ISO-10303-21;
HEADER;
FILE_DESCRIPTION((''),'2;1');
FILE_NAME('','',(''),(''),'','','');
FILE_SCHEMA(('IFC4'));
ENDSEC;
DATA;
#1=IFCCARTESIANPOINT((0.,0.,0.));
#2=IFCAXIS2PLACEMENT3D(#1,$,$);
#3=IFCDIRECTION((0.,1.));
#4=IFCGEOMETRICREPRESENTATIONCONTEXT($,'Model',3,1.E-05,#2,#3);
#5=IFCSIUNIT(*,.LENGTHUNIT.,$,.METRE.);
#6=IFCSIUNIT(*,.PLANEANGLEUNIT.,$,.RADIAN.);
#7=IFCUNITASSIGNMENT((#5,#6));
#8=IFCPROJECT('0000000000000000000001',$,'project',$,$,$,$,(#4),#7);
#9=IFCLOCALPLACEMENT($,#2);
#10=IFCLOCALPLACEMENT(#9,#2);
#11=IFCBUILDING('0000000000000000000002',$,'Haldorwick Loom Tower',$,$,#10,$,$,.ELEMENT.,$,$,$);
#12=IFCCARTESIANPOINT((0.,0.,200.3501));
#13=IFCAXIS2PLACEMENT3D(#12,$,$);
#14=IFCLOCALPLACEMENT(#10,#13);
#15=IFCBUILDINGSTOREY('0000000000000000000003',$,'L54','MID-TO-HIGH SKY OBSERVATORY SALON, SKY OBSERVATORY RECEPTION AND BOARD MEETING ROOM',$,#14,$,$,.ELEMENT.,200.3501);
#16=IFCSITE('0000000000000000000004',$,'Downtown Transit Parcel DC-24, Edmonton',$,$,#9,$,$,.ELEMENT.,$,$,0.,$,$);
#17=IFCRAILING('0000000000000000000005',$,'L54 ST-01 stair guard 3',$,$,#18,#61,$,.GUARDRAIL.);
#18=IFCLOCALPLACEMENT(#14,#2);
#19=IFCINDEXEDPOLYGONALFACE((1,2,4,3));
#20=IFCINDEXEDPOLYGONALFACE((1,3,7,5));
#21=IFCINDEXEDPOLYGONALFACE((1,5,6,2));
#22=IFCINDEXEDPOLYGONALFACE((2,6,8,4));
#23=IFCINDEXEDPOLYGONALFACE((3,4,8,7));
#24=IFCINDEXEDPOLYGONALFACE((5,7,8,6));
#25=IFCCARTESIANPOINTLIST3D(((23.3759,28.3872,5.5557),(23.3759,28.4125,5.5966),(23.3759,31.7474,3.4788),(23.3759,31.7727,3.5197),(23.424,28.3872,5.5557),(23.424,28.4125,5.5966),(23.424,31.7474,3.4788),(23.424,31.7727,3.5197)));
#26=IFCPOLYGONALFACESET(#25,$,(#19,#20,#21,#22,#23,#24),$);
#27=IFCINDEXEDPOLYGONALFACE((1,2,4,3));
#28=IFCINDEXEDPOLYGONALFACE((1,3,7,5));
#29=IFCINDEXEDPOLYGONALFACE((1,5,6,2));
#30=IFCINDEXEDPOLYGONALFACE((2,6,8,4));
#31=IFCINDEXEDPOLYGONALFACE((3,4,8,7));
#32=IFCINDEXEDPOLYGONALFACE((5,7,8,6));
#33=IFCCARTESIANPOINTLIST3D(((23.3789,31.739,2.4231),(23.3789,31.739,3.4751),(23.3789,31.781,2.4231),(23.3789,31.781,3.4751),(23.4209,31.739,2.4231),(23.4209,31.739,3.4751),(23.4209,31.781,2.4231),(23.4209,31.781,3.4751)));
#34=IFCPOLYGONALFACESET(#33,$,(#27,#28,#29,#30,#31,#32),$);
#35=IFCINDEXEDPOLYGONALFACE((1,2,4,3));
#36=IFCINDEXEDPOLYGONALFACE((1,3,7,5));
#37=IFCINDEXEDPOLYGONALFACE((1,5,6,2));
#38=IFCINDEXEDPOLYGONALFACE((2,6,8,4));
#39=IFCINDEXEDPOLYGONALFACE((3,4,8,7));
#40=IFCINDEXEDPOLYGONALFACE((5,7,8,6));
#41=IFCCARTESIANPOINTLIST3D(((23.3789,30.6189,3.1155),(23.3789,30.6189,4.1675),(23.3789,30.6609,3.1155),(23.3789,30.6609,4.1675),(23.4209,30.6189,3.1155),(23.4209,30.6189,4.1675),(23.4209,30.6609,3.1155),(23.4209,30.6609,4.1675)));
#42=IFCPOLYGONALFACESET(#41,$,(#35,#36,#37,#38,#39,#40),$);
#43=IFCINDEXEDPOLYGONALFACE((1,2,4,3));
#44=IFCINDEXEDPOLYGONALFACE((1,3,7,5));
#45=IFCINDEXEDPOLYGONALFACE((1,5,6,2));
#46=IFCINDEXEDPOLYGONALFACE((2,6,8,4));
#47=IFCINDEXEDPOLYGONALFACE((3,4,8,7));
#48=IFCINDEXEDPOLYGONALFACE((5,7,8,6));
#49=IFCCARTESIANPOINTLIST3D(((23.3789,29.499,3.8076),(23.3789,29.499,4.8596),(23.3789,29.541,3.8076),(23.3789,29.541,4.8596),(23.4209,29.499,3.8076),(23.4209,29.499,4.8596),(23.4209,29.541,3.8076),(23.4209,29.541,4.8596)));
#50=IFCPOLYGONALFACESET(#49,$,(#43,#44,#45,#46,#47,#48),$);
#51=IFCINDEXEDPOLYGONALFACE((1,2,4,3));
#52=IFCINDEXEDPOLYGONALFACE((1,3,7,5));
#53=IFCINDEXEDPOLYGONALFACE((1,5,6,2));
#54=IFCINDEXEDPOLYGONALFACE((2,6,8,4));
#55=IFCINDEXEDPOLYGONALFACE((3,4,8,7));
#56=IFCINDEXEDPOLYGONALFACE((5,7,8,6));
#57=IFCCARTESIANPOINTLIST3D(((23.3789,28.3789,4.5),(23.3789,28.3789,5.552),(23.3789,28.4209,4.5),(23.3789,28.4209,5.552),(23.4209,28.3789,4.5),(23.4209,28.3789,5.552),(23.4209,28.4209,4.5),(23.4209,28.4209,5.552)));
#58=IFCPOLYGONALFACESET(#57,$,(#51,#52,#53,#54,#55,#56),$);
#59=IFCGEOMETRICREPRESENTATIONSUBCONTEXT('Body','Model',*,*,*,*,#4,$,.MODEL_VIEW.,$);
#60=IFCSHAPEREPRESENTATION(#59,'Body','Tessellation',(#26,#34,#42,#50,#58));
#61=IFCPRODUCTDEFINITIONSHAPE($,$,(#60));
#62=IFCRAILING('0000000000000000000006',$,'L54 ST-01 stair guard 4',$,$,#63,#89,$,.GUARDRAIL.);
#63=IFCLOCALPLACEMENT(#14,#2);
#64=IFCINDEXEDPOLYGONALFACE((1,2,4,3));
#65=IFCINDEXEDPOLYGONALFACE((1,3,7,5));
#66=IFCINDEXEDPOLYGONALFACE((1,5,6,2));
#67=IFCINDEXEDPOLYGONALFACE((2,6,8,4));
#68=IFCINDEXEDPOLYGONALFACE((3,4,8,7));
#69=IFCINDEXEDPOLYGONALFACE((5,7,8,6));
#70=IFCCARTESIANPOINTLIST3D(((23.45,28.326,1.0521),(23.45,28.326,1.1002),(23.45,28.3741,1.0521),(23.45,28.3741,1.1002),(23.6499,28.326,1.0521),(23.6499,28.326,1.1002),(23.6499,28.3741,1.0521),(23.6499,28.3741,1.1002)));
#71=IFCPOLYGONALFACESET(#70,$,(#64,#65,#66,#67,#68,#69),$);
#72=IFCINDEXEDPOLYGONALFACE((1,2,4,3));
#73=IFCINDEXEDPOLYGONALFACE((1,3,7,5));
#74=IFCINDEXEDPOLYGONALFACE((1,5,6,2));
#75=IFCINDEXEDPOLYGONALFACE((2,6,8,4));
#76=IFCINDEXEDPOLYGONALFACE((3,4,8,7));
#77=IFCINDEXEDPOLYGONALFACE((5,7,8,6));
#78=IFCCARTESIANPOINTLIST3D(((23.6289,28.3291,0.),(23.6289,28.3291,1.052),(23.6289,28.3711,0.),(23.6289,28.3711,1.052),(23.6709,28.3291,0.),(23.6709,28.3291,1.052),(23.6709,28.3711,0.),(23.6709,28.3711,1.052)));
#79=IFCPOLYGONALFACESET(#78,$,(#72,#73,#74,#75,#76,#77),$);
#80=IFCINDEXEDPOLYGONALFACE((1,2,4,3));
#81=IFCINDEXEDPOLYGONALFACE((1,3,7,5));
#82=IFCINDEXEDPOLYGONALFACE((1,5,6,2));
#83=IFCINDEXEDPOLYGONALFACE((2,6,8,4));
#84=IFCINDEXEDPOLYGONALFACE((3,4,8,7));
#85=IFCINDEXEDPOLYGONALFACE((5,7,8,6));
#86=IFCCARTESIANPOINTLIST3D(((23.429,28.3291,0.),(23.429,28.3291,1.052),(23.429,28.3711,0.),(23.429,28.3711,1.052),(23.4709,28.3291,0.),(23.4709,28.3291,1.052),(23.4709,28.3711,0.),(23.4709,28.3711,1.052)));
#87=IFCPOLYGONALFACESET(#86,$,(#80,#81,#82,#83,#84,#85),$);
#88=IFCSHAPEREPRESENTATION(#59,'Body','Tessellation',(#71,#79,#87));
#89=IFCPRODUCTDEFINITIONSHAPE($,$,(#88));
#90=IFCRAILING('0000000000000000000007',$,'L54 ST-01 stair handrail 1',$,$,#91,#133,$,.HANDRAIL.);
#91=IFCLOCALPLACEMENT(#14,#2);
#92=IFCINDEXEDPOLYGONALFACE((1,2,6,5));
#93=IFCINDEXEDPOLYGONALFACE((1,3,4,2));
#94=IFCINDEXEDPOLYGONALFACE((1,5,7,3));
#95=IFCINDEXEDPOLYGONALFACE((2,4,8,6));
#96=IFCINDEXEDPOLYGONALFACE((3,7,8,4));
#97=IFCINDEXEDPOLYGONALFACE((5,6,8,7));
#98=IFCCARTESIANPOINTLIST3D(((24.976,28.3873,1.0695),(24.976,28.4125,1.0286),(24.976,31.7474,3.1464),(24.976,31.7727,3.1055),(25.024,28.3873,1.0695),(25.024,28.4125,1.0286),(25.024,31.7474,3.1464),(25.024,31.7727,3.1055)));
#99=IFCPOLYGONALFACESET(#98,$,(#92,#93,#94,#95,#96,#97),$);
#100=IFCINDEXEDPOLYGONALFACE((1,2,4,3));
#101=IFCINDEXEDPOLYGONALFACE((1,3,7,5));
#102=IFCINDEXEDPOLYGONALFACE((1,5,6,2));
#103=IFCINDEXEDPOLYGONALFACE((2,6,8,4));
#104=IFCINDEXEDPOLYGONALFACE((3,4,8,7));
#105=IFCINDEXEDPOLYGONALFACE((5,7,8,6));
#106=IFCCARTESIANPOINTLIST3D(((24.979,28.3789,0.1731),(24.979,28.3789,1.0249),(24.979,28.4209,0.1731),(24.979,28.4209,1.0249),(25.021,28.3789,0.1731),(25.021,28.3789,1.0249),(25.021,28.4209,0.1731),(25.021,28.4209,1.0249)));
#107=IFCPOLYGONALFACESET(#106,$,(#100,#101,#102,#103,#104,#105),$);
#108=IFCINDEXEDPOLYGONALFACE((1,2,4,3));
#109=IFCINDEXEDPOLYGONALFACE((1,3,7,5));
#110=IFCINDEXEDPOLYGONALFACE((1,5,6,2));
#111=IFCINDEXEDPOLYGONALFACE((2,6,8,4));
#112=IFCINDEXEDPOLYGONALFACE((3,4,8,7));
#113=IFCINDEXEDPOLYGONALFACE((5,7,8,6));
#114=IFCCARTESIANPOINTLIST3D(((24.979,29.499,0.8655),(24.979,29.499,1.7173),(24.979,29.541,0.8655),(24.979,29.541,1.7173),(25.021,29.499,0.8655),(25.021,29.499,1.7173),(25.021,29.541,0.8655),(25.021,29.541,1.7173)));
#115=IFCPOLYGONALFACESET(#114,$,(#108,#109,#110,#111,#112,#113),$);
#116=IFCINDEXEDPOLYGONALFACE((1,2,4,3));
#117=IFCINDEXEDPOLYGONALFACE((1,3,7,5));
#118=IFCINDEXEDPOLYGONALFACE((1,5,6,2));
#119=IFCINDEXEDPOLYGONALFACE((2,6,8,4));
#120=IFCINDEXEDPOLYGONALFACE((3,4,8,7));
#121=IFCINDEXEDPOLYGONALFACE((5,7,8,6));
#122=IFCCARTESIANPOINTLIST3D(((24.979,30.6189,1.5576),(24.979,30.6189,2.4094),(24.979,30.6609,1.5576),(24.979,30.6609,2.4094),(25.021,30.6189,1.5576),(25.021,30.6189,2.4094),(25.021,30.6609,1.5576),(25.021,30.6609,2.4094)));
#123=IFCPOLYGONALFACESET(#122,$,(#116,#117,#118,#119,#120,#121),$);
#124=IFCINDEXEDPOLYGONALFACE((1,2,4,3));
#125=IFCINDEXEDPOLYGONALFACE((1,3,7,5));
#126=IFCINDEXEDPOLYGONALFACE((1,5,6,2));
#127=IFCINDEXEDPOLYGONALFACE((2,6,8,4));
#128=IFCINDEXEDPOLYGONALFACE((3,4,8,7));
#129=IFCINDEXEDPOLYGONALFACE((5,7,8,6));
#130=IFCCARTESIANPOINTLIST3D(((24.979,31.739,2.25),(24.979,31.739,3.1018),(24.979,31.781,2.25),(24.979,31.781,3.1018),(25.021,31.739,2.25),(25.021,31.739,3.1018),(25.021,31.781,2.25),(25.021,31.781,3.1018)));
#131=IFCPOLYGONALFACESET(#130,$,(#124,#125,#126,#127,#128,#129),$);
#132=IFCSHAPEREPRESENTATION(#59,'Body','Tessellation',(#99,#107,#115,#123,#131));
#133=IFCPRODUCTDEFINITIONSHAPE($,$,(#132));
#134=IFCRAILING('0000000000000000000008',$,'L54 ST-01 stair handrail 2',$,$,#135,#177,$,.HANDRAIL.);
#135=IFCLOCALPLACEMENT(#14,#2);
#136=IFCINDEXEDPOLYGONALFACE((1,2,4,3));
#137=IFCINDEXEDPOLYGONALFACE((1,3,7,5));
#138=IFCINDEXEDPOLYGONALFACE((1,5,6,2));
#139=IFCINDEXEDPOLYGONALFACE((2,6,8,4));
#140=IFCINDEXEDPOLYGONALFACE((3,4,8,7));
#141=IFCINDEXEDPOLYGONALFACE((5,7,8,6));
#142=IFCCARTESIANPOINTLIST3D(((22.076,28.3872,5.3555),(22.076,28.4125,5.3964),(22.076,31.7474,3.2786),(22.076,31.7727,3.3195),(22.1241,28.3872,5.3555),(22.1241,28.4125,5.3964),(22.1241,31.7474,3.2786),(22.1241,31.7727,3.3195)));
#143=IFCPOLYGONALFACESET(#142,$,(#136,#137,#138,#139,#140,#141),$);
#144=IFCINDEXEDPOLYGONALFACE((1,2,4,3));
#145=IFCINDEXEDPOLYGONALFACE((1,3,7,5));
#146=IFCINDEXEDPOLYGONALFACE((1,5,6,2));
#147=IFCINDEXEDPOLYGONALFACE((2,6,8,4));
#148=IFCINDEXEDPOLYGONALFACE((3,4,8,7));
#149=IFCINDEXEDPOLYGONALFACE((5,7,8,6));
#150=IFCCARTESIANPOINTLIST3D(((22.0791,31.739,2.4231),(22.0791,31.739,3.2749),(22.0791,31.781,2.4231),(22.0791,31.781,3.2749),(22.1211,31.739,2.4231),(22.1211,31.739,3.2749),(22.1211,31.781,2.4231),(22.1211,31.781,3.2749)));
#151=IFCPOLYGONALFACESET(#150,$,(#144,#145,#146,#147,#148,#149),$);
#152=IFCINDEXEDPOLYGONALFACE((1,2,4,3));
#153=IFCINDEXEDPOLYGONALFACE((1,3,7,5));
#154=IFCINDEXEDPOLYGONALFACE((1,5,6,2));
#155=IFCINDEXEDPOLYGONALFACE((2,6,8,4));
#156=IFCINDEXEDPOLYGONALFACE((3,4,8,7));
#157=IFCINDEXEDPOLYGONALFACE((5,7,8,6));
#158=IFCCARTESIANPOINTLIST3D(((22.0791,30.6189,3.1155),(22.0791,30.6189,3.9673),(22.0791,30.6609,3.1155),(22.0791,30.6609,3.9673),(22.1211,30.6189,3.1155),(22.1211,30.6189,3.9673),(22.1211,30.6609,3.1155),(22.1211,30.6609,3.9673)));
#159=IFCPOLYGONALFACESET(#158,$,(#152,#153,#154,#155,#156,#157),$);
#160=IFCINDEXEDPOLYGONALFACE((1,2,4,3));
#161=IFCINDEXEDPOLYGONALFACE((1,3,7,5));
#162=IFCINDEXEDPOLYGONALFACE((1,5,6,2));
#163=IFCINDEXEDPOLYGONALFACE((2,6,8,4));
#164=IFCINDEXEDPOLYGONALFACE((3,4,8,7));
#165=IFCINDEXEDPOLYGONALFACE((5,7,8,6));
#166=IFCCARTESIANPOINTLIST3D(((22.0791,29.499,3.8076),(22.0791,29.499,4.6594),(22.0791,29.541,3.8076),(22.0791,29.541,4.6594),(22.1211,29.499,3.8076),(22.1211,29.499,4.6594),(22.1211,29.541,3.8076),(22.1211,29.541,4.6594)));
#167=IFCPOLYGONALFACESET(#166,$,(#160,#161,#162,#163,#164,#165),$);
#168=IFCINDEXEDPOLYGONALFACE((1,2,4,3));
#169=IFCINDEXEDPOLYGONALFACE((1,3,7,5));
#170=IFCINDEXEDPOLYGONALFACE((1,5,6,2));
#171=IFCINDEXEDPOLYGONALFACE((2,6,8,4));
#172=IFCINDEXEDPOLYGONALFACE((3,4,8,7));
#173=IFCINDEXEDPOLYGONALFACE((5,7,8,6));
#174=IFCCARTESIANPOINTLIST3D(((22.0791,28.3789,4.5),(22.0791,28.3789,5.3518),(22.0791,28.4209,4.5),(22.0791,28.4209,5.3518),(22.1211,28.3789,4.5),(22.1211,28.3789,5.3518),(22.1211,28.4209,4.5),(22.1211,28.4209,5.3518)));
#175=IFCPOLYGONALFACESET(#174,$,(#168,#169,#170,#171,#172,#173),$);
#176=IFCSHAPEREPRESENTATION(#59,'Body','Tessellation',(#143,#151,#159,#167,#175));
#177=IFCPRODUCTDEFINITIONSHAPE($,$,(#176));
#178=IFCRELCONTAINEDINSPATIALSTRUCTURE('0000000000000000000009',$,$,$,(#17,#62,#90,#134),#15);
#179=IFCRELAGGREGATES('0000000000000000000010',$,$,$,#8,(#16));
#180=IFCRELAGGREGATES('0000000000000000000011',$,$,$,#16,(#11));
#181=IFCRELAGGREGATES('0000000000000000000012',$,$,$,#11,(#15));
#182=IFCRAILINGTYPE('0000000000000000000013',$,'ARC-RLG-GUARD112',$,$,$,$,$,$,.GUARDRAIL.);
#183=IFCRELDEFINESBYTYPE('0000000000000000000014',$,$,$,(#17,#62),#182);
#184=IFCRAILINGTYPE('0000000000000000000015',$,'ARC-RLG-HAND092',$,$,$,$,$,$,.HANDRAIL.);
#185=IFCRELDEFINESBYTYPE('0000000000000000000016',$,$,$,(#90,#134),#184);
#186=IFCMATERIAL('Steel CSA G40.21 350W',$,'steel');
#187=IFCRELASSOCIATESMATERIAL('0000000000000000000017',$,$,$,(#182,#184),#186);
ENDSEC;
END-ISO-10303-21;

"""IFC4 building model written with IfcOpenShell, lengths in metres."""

from ifc_helpers import new_model, si_unit, direction, frame, origin, origin_2d, place, context, subcontext, project, spatial, rectangle, extrude, material, type_object, element, save


model = new_model("IFC4")

# Units and contexts
model_context = context("Model", 3, precision=1e-05, world=origin(), true_north=direction((0.0, 1.0)))
body_context = subcontext(model_context, "Body", "Model", "MODEL_VIEW")
ifc_project = project(units=[si_unit("LENGTHUNIT", "METRE"), si_unit("PLANEANGLEUNIT", "RADIAN")], contexts=[model_context])

# Site, building, storey
site_placement = place(None, origin())
site = spatial("IfcSite", under=ifc_project, at=site_placement, Name="Downtown Transit Parcel DC-24, Edmonton", CompositionType="ELEMENT", RefElevation=0.0)
building_placement = place(site_placement, origin())
building = spatial("IfcBuilding", under=site, at=building_placement, Name="Haldorwick Loom Tower", CompositionType="ELEMENT")
storey_placement = place(building_placement, frame((0.0, 0.0, 200.3501)))
storey = spatial("IfcBuildingStorey", under=building, at=storey_placement, Name="L54", Description="MID-TO-HIGH SKY OBSERVATORY SALON, SKY OBSERVATORY RECEPTION AND BOARD MEETING ROOM", CompositionType="ELEMENT", Elevation=200.3501)

# Shared definitions
ifc_material_1 = material(Name="Steel CSA G40.21 350W", Category="steel")

# Railings
railing_type_1 = type_object("IfcRailingType", Name="ARC-RLG-GUARD112", PredefinedType="GUARDRAIL", material=ifc_material_1)
railing_1_placement = place(storey_placement, frame((23.3999, 31.76, 2.4231)))
element("IfcRailing", 1, at=railing_1_placement, inside=storey, type_object=railing_type_1, Name="L54 ST-01 stair guard 3", PredefinedType="GUARDRAIL", context=body_context, shape_type="SweptSolid", body=[
    extrude(rectangle(XDim=0.0481, YDim=0.0481, at=origin_2d()), frame((0.0, 0.0, 1.0762), z_axis=(0.0, -0.850623, 0.525776), x_axis=(1.0, 0.0, 0.0)), (0.0, 0.0, 1.0), 3.9502),
    extrude(rectangle(XDim=0.042, YDim=0.042, at=origin_2d()), origin(), (0.0, 0.0, 1.0), 1.052),
    extrude(rectangle(XDim=0.042, YDim=0.042, at=origin_2d()), frame((0.0, -1.1201, 0.6924)), (0.0, 0.0, 1.0), 1.052),
    extrude(rectangle(XDim=0.042, YDim=0.042, at=origin_2d()), frame((0.0, -2.24, 1.3845)), (0.0, 0.0, 1.0), 1.052),
    extrude(rectangle(XDim=0.042, YDim=0.042, at=origin_2d()), frame((0.0, -3.3601, 2.0769)), (0.0, 0.0, 1.0), 1.052),
])
railing_2_placement = place(storey_placement, frame((23.6499, 28.3501, 0.0)))
element("IfcRailing", 2, at=railing_2_placement, inside=storey, type_object=railing_type_1, Name="L54 ST-01 stair guard 4", PredefinedType="GUARDRAIL", context=body_context, shape_type="SweptSolid", body=[
    extrude(rectangle(XDim=0.0481, YDim=0.0481, at=origin_2d()), frame((0.0, 0.0, 1.0762), z_axis=(-1.0, 0.0, 0.0), x_axis=(0.0, -1.0, 0.0)), (0.0, 0.0, 1.0), 0.2),
    extrude(rectangle(XDim=0.042, YDim=0.042, at=origin_2d()), origin(), (0.0, 0.0, 1.0), 1.052),
    extrude(rectangle(XDim=0.042, YDim=0.042, at=origin_2d()), frame((-0.2, 0.0, 0.0)), (0.0, 0.0, 1.0), 1.052),
])
railing_type_2 = type_object("IfcRailingType", Name="ARC-RLG-HAND092", PredefinedType="HANDRAIL", material=ifc_material_1)
railing_3_placement = place(storey_placement, frame((25.0, 28.3999, 0.1731)))
element("IfcRailing", 3, at=railing_3_placement, inside=storey, type_object=railing_type_2, Name="L54 ST-01 stair handrail 1", PredefinedType="HANDRAIL", context=body_context, shape_type="SweptSolid", body=[
    extrude(rectangle(XDim=0.0481, YDim=0.0481, at=origin_2d()), frame((0.0, 0.0, 0.876), z_axis=(0.0, 0.850623, 0.525776), x_axis=(-1.0, 0.0, 0.0)), (0.0, 0.0, 1.0), 3.9502),
    extrude(rectangle(XDim=0.042, YDim=0.042, at=origin_2d()), origin(), (0.0, 0.0, 1.0), 0.8518),
    extrude(rectangle(XDim=0.042, YDim=0.042, at=origin_2d()), frame((0.0, 1.1201, 0.6924)), (0.0, 0.0, 1.0), 0.8518),
    extrude(rectangle(XDim=0.042, YDim=0.042, at=origin_2d()), frame((0.0, 2.24, 1.3845)), (0.0, 0.0, 1.0), 0.8518),
    extrude(rectangle(XDim=0.042, YDim=0.042, at=origin_2d()), frame((0.0, 3.3601, 2.0769)), (0.0, 0.0, 1.0), 0.8518),
])
railing_4_placement = place(storey_placement, frame((22.1001, 31.76, 2.4231)))
element("IfcRailing", 4, at=railing_4_placement, inside=storey, type_object=railing_type_2, Name="L54 ST-01 stair handrail 2", PredefinedType="HANDRAIL", context=body_context, shape_type="SweptSolid", body=[
    extrude(rectangle(XDim=0.0481, YDim=0.0481, at=origin_2d()), frame((0.0, 0.0, 0.876), z_axis=(0.0, -0.850623, 0.525776), x_axis=(1.0, 0.0, 0.0)), (0.0, 0.0, 1.0), 3.9502),
    extrude(rectangle(XDim=0.042, YDim=0.042, at=origin_2d()), origin(), (0.0, 0.0, 1.0), 0.8518),
    extrude(rectangle(XDim=0.042, YDim=0.042, at=origin_2d()), frame((0.0, -1.1201, 0.6924)), (0.0, 0.0, 1.0), 0.8518),
    extrude(rectangle(XDim=0.042, YDim=0.042, at=origin_2d()), frame((0.0, -2.24, 1.3845)), (0.0, 0.0, 1.0), 0.8518),
    extrude(rectangle(XDim=0.042, YDim=0.042, at=origin_2d()), frame((0.0, -3.3601, 2.0769)), (0.0, 0.0, 1.0), 0.8518),
])

save(model, "model.ifc")
